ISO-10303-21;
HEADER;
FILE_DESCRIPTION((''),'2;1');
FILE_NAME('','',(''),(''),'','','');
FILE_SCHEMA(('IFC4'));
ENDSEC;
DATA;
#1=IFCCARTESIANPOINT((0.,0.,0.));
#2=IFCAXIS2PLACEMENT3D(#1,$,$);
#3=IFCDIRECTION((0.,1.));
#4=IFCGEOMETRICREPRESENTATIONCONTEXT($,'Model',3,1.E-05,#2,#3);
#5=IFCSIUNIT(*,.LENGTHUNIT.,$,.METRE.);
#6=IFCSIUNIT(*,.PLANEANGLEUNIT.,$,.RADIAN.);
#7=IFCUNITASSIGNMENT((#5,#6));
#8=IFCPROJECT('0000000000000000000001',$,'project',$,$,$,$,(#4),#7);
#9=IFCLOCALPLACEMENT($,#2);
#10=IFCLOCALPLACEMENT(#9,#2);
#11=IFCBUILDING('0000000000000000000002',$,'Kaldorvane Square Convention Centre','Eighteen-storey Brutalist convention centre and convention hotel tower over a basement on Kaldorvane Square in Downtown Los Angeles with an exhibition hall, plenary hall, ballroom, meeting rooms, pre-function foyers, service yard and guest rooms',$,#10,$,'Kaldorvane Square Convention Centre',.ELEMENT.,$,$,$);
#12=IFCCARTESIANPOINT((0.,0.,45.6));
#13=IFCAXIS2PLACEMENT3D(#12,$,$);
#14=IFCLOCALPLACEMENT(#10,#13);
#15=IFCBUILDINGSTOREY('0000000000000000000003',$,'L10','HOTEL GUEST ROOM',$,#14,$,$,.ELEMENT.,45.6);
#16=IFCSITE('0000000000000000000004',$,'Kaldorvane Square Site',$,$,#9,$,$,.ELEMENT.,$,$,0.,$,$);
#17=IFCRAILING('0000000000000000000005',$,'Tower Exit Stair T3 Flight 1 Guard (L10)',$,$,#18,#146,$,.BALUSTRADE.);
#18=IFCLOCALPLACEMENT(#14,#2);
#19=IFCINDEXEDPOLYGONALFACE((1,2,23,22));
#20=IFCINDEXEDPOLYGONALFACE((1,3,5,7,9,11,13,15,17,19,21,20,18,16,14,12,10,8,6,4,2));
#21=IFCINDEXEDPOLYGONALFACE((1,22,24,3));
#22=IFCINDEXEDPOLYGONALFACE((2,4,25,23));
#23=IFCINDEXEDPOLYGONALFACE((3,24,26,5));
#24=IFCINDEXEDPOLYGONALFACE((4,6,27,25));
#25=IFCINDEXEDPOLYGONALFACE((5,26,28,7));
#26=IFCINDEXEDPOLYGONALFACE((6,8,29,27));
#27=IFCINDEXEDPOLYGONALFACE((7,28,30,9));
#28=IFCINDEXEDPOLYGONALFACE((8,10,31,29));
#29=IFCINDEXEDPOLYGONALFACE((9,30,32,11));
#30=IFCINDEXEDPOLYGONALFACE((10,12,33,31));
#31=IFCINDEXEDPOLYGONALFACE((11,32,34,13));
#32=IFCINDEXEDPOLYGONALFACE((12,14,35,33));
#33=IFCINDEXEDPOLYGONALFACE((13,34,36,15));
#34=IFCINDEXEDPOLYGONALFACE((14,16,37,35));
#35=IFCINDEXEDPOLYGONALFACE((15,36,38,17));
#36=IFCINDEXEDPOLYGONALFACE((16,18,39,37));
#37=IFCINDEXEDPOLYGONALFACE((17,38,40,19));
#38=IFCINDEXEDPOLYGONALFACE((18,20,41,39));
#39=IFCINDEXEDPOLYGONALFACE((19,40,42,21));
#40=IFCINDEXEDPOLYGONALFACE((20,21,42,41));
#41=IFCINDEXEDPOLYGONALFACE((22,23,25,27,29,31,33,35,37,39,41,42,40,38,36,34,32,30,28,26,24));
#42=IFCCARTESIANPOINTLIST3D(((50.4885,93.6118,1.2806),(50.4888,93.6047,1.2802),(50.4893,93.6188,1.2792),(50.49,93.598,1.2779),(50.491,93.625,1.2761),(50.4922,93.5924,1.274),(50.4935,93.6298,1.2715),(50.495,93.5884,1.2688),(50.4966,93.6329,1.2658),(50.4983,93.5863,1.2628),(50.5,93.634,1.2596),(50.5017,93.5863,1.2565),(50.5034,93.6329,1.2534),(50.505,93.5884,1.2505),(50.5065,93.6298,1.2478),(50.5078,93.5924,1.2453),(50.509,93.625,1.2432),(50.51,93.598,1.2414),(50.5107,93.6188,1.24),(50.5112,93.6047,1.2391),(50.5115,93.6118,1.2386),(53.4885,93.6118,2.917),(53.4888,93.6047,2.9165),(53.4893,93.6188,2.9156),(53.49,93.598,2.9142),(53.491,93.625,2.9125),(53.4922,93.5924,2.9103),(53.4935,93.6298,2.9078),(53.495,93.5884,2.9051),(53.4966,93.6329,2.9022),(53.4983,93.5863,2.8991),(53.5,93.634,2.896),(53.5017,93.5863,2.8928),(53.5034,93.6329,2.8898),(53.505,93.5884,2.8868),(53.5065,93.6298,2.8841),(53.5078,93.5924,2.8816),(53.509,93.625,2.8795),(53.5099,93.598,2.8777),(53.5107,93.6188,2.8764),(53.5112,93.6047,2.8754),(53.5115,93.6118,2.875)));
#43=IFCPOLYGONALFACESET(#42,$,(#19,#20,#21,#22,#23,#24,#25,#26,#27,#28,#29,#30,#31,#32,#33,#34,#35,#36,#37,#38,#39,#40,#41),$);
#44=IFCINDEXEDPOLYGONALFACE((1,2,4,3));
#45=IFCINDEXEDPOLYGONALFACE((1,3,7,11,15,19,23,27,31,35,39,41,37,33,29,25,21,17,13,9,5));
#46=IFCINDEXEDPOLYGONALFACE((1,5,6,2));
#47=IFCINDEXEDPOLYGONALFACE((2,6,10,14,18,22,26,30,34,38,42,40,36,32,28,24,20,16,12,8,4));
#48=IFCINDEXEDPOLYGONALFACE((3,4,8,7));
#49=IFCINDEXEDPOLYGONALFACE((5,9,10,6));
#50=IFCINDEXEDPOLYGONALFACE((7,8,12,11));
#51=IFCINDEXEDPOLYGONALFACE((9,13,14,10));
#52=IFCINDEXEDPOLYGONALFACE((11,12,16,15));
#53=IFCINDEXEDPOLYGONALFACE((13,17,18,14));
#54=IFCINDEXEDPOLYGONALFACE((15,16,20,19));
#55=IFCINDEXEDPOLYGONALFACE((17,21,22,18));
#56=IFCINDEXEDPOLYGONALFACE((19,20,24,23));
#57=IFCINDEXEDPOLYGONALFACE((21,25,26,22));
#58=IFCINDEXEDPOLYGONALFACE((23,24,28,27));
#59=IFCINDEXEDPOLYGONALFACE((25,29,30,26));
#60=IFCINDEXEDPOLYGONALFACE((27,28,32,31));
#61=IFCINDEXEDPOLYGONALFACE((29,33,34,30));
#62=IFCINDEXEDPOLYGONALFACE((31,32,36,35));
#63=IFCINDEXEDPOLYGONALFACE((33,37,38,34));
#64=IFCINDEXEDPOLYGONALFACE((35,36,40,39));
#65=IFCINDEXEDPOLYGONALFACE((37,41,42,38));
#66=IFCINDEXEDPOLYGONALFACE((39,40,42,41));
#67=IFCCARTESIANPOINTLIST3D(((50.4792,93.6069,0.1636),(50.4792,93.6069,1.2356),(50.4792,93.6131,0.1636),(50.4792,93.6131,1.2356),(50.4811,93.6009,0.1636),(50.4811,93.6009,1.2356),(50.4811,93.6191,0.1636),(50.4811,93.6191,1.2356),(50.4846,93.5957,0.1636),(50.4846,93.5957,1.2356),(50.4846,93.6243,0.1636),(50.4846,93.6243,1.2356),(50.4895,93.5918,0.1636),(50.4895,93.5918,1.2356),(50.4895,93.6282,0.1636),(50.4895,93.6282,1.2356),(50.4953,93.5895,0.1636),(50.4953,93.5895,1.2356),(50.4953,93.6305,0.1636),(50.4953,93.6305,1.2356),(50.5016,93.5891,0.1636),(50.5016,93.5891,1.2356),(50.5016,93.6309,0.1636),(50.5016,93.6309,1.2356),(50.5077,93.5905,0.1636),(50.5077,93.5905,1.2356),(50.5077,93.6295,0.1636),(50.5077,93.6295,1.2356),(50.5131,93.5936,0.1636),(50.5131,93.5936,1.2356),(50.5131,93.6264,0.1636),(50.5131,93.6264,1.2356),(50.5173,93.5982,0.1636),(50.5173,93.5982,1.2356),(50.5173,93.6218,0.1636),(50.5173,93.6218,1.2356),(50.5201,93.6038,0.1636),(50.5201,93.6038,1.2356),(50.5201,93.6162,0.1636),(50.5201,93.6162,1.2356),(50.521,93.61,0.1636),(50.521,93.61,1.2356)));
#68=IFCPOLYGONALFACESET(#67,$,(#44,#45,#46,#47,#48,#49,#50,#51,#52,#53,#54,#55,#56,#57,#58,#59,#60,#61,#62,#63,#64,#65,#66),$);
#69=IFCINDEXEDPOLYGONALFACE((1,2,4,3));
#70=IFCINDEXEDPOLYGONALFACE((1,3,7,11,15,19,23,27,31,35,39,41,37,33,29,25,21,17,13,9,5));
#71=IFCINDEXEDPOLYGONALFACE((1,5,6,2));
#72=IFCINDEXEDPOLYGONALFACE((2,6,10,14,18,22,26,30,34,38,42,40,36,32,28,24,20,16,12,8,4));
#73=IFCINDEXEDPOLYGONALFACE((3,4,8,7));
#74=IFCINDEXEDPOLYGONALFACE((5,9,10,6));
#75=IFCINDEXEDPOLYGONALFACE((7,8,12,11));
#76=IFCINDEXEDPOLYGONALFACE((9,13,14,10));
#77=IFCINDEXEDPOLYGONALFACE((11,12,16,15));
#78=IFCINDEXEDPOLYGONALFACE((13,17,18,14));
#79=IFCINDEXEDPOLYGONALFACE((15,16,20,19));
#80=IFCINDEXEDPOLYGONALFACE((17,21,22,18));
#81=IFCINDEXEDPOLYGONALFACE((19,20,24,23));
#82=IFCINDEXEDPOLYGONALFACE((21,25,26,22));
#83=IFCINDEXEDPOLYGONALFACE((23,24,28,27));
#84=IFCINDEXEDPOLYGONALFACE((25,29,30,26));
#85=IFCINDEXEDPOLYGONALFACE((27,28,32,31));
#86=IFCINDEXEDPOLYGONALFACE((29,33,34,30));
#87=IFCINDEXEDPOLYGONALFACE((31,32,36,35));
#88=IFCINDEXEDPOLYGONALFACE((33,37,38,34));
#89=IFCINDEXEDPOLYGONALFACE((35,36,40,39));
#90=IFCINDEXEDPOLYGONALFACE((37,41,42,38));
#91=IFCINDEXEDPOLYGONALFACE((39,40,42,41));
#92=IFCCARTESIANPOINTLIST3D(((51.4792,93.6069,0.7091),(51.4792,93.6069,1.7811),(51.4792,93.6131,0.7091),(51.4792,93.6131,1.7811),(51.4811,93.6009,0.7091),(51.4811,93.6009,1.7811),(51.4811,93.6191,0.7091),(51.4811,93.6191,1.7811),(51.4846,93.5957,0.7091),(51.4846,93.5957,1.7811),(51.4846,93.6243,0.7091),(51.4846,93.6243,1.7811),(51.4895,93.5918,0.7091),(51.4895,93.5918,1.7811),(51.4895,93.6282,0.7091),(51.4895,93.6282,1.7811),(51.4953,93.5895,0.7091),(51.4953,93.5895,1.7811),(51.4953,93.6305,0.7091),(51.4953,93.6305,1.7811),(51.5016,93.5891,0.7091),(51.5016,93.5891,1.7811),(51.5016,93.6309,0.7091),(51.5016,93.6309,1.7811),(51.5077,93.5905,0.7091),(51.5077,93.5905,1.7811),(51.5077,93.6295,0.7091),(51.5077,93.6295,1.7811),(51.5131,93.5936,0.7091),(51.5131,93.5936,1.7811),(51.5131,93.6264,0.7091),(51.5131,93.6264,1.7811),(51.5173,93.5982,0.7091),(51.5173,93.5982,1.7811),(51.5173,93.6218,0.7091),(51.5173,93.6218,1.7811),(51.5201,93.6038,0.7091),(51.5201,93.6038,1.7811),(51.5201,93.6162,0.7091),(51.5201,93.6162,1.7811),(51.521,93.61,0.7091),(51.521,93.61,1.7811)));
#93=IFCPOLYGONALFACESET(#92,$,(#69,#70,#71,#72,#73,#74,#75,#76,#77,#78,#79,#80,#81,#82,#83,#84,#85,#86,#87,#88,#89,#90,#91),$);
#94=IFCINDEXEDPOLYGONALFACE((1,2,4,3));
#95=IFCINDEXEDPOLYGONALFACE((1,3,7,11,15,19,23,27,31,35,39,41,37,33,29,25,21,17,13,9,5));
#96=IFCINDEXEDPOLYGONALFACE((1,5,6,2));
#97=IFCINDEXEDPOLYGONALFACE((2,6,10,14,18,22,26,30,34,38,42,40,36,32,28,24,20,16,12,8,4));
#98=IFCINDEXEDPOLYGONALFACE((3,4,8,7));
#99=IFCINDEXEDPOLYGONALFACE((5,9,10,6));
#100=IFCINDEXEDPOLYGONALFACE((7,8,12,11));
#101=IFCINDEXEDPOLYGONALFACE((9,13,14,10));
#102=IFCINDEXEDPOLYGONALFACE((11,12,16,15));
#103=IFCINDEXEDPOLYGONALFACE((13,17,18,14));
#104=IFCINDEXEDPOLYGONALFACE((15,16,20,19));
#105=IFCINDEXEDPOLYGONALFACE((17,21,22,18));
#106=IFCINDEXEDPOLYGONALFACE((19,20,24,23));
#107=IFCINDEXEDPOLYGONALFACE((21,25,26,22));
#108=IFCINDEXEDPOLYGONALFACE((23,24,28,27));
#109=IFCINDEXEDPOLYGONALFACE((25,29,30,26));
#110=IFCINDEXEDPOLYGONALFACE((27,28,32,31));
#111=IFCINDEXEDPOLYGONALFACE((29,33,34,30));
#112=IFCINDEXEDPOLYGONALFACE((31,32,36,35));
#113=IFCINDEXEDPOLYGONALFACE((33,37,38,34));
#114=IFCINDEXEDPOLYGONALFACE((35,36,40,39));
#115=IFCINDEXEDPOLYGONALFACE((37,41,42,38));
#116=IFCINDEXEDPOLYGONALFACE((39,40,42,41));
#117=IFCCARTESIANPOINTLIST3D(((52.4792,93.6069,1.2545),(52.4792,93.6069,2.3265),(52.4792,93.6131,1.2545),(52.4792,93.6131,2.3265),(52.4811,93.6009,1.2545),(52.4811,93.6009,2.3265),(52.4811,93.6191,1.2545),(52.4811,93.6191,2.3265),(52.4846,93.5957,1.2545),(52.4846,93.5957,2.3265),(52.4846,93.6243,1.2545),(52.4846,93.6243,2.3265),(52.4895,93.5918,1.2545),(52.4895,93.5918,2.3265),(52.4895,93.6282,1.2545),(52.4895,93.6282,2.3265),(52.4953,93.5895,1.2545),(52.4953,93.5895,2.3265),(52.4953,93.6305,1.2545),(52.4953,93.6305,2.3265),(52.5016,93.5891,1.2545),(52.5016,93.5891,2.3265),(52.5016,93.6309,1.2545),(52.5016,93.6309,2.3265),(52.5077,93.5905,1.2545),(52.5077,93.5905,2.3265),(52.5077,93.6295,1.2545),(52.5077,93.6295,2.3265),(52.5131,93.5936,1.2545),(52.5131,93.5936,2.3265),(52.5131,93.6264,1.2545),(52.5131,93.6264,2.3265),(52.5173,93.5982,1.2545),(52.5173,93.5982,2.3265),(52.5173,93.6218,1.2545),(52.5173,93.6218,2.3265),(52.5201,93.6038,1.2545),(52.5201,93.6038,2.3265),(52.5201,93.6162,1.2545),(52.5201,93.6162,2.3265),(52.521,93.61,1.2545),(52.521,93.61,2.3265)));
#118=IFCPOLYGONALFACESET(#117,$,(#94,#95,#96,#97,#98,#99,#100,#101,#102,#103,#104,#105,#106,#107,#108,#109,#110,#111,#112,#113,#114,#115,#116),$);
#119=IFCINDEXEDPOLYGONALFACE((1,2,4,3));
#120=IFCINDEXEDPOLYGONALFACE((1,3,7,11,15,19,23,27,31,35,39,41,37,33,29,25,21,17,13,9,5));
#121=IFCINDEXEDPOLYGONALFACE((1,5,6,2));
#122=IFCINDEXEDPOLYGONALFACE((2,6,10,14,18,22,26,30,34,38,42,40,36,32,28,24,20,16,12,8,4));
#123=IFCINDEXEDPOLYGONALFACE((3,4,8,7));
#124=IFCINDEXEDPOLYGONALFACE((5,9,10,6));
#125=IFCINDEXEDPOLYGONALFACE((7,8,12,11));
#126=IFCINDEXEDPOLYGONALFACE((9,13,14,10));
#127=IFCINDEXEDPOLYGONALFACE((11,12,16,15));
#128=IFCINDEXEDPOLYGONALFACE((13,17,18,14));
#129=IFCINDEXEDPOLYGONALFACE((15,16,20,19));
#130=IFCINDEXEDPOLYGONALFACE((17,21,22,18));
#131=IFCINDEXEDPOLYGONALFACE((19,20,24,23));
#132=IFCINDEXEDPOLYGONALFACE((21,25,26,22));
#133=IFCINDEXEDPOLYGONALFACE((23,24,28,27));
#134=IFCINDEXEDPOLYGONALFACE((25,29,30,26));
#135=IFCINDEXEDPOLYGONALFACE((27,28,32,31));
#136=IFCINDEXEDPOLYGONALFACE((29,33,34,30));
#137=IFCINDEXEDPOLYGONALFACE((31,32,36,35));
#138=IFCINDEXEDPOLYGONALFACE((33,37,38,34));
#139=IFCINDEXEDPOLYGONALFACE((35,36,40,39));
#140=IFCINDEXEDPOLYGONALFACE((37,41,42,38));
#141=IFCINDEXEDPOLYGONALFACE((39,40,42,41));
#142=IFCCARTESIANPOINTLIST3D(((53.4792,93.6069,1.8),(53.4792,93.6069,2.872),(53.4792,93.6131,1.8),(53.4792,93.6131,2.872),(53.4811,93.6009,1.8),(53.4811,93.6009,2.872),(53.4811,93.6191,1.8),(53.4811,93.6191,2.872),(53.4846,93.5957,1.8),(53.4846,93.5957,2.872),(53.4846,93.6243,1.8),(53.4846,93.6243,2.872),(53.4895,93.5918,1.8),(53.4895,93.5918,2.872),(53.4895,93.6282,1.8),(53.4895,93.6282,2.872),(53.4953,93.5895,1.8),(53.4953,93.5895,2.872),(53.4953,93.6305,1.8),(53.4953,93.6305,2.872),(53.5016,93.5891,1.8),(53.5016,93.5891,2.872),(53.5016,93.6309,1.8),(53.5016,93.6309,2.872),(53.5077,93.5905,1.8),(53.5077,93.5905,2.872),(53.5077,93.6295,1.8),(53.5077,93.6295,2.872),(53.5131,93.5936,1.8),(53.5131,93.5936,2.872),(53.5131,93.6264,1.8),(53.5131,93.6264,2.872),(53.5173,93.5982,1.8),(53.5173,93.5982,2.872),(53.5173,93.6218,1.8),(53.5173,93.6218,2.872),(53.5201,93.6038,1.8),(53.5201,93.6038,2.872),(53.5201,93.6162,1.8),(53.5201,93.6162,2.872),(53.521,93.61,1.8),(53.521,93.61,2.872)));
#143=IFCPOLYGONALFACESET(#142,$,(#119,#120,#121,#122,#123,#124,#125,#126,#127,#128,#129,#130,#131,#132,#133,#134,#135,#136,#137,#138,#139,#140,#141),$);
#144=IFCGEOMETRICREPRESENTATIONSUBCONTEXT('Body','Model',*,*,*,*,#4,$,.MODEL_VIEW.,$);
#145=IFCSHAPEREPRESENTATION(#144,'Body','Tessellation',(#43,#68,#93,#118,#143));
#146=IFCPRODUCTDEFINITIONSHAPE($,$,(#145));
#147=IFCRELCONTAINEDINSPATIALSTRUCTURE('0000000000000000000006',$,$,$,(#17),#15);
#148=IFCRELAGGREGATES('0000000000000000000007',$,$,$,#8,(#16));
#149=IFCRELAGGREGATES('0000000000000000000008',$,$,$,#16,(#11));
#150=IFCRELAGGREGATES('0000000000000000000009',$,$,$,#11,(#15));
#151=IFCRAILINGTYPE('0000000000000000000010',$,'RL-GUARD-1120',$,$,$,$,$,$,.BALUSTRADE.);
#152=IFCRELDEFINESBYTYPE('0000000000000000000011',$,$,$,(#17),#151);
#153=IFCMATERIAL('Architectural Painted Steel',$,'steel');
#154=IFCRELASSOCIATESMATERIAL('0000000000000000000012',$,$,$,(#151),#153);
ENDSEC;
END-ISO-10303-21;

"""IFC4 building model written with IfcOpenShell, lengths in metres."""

from ifc_helpers import new_model, si_unit, direction, frame, origin, origin_2d, place, context, subcontext, project, spatial, circle, extrude, material, type_object, element, save


model = new_model("IFC4")

# Units and contexts
model_context = context("Model", 3, precision=1e-05, world=origin(), true_north=direction((0.0, 1.0)))
body_context = subcontext(model_context, "Body", "Model", "MODEL_VIEW")
ifc_project = project(units=[si_unit("LENGTHUNIT", "METRE"), si_unit("PLANEANGLEUNIT", "RADIAN")], contexts=[model_context])

# Site, building, storey
site_placement = place(None, origin())
site = spatial("IfcSite", under=ifc_project, at=site_placement, Name="Kaldorvane Square Site", CompositionType="ELEMENT", RefElevation=0.0)
building_placement = place(site_placement, origin())
building = spatial("IfcBuilding", under=site, at=building_placement, Name="Kaldorvane Square Convention Centre", Description="Eighteen-storey Brutalist convention centre and convention hotel tower over a basement on Kaldorvane Square in Downtown Los Angeles with an exhibition hall, plenary hall, ballroom, meeting rooms, pre-function foyers, service yard and guest rooms", LongName="Kaldorvane Square Convention Centre", CompositionType="ELEMENT")
storey_placement = place(building_placement, frame((0.0, 0.0, 45.6)))
storey = spatial("IfcBuildingStorey", under=building, at=storey_placement, Name="L10", Description="HOTEL GUEST ROOM", CompositionType="ELEMENT", Elevation=45.6)

# Railing
ifc_material_1 = material(Name="Architectural Painted Steel", Category="steel")
railing_type_1 = type_object("IfcRailingType", Name="RL-GUARD-1120", PredefinedType="BALUSTRADE", material=ifc_material_1)
railing_1_placement = place(storey_placement, frame((50.5, 93.61, 0.1636)))
element("IfcRailing", 1, at=railing_1_placement, inside=storey, type_object=railing_type_1, Name="Tower Exit Stair T3 Flight 1 Guard (L10)", PredefinedType="BALUSTRADE", context=body_context, shape_type="SweptSolid", body=[
    extrude(circle(Radius=0.024, at=origin_2d()), frame((0.0, 0.0, 1.096), z_axis=(0.877897, 0.0, 0.47885), x_axis=(0.0, 1.0, 0.0)), (0.0, 0.0, 1.0), 3.4173),
    extrude(circle(Radius=0.021, at=origin_2d()), origin(), (0.0, 0.0, 1.0), 1.072),
    extrude(circle(Radius=0.021, at=origin_2d()), frame((1.0, 0.0, 0.5455)), (0.0, 0.0, 1.0), 1.072),
    extrude(circle(Radius=0.021, at=origin_2d()), frame((2.0, 0.0, 1.0909)), (0.0, 0.0, 1.0), 1.072),
    extrude(circle(Radius=0.021, at=origin_2d()), frame((3.0, 0.0, 1.6364)), (0.0, 0.0, 1.0), 1.072),
])

save(model, "model.ifc")
